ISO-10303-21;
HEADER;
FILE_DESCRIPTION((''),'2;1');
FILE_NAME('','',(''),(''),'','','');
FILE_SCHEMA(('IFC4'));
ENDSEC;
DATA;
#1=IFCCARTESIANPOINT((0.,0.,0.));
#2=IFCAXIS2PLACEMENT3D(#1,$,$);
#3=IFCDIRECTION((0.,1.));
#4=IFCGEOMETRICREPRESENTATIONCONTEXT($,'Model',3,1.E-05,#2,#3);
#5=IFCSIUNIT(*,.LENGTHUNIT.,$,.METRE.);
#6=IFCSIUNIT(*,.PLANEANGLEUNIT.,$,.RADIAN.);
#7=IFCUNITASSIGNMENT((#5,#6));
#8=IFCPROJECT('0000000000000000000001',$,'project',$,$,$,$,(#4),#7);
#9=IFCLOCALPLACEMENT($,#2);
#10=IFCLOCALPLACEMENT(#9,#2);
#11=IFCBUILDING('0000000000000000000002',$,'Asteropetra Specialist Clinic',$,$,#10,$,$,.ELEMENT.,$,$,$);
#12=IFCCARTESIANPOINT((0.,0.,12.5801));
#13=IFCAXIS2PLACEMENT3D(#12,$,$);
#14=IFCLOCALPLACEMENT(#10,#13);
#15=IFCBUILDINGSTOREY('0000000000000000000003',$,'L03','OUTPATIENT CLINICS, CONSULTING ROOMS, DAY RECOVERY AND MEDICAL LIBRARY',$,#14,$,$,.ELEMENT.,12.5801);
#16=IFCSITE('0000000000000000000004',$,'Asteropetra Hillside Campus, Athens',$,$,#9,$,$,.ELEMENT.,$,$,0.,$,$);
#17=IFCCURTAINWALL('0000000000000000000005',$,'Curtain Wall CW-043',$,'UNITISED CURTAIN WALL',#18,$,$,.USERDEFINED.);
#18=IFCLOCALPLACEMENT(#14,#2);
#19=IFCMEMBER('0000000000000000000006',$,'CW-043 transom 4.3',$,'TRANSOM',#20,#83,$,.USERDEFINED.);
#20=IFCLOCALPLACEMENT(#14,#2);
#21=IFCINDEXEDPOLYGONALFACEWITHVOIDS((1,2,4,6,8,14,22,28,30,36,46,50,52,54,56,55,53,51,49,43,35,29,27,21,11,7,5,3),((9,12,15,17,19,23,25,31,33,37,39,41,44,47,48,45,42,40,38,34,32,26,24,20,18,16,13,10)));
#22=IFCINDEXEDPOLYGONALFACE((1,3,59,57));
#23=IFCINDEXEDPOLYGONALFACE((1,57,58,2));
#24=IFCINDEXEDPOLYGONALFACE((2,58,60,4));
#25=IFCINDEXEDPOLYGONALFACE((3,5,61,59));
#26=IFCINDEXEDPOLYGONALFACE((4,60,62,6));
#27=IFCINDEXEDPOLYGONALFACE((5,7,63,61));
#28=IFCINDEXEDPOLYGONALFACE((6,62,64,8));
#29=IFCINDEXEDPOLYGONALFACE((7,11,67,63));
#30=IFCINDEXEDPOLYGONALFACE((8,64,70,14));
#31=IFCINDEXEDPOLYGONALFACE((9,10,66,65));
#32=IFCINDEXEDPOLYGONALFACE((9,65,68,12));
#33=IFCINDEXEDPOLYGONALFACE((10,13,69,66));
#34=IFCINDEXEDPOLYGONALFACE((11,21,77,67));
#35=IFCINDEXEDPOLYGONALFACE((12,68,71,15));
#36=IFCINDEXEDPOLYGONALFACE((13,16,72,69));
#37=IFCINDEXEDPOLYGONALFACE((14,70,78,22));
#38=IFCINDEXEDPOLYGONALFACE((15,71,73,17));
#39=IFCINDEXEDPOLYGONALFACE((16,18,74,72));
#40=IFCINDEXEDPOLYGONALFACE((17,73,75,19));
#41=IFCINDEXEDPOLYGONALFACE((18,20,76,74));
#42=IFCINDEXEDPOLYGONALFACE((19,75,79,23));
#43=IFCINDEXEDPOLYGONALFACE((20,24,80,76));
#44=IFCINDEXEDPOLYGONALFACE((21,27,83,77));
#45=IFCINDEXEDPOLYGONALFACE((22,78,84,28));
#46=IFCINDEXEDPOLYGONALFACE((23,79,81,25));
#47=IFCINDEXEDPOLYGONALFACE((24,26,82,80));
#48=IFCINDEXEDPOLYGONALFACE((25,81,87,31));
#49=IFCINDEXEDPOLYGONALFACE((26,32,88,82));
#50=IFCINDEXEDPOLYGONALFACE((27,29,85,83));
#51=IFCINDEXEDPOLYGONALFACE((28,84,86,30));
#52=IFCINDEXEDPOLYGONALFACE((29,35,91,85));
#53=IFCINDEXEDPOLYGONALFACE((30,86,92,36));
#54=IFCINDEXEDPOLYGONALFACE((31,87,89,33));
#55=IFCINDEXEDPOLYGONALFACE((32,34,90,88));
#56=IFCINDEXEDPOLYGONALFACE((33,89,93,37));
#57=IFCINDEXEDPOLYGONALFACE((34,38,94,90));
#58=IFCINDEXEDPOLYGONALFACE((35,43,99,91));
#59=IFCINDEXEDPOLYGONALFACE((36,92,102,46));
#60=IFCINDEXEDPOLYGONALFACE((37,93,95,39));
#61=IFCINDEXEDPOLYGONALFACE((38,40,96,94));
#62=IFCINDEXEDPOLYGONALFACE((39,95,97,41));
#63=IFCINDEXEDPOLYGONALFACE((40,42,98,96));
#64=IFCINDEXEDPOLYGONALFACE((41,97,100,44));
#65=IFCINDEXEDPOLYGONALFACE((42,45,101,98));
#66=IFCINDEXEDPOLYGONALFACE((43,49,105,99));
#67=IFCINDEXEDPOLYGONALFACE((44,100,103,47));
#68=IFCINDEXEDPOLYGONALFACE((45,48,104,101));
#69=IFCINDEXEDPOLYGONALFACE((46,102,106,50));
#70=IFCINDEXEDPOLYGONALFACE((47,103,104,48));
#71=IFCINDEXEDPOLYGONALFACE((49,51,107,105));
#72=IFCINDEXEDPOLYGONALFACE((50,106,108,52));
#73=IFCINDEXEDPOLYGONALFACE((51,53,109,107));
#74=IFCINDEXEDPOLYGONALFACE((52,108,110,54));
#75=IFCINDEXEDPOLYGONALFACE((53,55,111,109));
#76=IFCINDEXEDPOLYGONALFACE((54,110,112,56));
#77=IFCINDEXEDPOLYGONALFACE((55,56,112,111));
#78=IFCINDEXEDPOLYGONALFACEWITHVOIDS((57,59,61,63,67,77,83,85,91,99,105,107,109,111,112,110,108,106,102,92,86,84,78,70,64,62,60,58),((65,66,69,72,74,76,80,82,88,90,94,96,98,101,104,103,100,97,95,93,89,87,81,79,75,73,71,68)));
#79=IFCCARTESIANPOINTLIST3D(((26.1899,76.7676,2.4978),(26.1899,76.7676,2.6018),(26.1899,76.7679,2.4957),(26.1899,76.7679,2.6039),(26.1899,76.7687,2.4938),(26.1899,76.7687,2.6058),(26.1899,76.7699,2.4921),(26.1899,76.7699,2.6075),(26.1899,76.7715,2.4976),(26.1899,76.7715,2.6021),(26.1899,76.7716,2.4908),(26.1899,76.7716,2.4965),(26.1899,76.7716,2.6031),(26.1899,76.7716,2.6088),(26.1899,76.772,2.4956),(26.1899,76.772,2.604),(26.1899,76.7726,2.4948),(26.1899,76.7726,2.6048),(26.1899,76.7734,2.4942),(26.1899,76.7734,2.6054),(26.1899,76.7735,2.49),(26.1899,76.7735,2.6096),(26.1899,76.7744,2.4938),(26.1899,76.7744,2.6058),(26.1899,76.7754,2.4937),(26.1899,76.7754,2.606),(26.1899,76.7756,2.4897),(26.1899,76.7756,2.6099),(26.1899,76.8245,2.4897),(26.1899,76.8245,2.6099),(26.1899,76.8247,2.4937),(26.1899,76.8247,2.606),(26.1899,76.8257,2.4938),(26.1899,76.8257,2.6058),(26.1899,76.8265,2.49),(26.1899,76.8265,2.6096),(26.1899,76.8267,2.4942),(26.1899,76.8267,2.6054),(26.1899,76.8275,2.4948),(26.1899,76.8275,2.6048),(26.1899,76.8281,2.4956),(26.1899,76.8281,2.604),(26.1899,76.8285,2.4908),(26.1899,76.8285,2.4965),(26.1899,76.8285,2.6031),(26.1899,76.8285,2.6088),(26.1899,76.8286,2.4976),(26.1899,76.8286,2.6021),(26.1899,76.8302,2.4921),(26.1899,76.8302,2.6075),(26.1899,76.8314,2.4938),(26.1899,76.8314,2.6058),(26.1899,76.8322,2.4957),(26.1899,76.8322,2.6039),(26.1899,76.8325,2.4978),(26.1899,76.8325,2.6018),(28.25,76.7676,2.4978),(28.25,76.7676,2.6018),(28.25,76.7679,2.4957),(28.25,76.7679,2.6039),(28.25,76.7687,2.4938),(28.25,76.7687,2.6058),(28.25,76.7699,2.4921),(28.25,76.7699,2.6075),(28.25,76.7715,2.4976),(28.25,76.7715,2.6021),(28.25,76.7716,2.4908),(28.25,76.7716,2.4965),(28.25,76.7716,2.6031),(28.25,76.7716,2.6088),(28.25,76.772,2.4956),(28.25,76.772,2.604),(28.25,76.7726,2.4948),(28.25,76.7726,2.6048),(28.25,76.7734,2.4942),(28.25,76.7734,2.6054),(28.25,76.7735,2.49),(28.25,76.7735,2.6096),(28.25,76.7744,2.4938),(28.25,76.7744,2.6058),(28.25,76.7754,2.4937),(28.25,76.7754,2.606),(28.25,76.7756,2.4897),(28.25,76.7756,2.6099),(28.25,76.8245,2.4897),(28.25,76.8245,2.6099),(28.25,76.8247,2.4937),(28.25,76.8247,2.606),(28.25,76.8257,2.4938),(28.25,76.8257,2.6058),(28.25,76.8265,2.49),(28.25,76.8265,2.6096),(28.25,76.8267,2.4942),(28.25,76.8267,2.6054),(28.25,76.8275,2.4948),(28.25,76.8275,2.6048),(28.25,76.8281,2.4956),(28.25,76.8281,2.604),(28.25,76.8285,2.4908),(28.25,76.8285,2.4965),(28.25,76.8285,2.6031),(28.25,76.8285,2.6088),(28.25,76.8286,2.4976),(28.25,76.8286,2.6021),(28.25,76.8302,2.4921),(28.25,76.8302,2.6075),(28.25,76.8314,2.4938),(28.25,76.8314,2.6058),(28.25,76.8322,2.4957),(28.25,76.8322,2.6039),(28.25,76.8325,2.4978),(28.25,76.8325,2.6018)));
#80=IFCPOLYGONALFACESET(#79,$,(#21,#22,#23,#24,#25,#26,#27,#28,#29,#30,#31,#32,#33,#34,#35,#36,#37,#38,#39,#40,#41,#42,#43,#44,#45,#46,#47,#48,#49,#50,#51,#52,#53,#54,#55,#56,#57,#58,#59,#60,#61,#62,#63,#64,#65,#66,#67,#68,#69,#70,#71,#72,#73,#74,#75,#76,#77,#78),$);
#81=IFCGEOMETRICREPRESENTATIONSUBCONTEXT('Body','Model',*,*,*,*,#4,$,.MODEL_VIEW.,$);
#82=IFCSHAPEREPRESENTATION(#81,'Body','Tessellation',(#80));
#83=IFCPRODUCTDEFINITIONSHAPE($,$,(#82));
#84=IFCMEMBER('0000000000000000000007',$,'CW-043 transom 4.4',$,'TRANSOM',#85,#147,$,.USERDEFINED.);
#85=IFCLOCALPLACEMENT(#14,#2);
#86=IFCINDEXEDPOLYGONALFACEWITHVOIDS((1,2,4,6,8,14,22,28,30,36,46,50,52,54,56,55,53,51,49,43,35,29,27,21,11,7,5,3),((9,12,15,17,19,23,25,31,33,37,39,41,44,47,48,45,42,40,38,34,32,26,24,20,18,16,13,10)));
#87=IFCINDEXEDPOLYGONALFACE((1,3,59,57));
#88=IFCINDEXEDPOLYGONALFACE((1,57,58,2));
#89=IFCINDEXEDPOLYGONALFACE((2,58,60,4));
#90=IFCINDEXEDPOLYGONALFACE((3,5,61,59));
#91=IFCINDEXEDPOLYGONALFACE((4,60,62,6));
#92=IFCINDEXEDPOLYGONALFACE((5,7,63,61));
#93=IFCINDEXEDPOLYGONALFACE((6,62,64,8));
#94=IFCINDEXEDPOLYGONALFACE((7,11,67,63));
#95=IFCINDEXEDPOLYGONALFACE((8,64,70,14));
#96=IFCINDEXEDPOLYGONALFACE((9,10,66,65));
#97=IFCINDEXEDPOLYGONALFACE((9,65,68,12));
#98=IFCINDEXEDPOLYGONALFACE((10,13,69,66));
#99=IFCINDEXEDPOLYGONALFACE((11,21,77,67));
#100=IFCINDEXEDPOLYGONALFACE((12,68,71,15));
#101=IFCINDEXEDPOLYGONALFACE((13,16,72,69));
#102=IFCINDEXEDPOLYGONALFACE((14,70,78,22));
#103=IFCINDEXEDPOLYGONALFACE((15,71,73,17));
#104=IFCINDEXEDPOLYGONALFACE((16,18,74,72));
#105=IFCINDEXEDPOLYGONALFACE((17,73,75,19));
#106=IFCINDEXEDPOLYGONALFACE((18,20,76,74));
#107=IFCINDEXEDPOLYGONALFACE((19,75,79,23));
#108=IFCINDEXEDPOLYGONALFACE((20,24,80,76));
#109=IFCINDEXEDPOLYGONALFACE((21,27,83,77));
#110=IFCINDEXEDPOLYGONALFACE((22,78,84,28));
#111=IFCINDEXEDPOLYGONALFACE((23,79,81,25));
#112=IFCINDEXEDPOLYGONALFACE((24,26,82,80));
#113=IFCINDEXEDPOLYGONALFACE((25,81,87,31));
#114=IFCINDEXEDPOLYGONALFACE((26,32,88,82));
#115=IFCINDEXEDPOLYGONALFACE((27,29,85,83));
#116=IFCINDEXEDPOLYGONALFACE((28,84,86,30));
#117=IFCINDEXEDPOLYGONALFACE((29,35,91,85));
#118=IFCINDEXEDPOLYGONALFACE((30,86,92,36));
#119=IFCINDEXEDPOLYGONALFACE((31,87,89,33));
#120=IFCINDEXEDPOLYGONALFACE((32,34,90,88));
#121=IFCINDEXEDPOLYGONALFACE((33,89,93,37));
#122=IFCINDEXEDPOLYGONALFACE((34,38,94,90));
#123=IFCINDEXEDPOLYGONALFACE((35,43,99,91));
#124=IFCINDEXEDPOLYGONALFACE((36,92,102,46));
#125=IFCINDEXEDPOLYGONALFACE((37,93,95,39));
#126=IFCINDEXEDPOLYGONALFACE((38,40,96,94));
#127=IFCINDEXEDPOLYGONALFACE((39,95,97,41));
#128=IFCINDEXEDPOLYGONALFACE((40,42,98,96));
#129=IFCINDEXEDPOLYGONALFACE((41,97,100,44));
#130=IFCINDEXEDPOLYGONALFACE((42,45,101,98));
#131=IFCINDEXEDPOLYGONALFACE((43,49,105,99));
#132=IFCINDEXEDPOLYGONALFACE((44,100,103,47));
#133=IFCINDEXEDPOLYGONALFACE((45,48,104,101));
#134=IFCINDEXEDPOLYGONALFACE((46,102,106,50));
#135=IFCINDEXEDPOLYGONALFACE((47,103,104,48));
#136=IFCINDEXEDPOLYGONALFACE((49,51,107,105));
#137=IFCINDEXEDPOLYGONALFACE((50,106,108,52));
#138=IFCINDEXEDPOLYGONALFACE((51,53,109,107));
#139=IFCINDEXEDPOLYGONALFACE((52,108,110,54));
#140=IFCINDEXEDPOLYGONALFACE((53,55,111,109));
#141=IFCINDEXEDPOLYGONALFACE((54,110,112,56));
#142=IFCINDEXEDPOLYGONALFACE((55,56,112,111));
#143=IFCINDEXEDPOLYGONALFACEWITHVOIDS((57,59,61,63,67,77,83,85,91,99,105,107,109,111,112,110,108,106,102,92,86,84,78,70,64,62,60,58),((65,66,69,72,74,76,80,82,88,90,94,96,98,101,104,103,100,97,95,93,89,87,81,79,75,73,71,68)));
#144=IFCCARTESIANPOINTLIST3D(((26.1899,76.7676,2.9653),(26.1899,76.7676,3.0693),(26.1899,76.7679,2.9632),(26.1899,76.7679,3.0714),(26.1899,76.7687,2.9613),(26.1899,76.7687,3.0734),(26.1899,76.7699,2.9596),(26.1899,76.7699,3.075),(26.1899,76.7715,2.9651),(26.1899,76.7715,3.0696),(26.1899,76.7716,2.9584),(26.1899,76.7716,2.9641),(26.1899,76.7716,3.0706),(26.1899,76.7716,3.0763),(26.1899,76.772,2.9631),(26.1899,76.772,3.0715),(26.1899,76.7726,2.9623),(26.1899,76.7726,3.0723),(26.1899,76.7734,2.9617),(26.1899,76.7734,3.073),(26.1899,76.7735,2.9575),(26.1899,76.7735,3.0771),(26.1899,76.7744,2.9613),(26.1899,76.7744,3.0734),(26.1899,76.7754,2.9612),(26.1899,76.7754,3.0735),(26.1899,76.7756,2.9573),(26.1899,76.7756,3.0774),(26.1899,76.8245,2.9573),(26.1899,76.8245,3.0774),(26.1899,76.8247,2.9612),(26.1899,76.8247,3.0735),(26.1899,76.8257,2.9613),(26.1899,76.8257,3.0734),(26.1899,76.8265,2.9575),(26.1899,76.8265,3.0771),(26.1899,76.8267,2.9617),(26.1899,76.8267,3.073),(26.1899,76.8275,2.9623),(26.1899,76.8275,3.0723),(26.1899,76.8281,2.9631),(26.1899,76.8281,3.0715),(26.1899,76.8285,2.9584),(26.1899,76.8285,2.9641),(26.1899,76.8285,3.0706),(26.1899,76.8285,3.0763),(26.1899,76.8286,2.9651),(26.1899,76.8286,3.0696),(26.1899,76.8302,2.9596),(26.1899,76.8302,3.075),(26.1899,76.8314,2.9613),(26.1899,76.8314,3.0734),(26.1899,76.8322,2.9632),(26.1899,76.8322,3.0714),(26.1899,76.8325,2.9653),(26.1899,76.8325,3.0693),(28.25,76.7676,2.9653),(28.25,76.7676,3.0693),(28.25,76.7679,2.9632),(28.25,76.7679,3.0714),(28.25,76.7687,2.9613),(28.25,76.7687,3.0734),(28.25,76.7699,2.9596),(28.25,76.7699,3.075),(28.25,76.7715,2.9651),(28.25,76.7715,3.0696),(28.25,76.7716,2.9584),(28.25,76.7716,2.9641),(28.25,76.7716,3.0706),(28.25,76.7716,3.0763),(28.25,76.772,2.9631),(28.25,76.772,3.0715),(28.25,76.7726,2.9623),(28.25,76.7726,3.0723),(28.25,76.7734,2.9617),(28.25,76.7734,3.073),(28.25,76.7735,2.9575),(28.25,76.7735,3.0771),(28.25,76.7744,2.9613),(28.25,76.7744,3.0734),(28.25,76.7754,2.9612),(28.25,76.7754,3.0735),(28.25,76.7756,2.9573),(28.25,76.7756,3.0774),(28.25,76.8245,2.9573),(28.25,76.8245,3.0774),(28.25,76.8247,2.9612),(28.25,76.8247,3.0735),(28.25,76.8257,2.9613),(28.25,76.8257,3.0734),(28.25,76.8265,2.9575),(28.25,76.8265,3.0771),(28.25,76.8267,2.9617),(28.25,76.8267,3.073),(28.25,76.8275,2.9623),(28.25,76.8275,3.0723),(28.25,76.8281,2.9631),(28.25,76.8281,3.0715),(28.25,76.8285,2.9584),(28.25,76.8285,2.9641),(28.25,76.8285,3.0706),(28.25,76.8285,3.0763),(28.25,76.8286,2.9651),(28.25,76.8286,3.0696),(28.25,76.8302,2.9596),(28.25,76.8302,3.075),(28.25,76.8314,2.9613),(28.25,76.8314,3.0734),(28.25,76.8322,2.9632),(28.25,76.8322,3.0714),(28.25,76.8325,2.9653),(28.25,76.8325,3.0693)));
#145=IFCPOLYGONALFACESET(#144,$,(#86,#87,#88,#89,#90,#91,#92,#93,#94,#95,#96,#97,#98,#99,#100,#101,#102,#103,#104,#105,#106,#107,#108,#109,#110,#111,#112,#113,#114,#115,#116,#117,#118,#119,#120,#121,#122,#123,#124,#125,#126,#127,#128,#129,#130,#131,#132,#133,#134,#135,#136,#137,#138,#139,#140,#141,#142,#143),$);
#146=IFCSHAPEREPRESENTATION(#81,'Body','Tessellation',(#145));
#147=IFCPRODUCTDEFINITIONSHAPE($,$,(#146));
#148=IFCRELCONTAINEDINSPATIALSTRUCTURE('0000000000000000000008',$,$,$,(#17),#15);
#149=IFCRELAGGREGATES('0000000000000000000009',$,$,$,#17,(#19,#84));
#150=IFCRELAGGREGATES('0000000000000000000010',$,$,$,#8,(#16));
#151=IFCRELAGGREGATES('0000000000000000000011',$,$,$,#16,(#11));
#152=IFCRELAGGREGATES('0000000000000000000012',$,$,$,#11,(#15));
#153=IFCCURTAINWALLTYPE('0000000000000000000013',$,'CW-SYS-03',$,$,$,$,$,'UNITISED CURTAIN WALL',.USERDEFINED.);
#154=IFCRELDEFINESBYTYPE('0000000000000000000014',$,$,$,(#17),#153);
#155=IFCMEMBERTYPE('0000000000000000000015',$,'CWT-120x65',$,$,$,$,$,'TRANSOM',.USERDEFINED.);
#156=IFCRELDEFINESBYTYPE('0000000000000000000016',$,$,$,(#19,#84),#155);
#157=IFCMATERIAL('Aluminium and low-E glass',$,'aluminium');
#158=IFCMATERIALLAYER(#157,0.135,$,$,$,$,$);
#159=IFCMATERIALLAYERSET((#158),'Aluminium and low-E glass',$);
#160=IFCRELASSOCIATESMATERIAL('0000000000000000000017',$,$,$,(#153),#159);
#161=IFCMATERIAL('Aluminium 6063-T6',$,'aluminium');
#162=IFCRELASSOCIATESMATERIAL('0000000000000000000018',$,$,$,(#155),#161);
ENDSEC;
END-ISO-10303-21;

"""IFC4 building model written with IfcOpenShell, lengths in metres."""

from ifc_helpers import new_model, si_unit, direction, frame, origin, origin_2d, place, context, subcontext, project, spatial, hollow_rectangle, extrude, material, layer, layer_set, material_profile, profile_set, type_object, element, aggregate, save


model = new_model("IFC4")

# Units and contexts
model_context = context("Model", 3, precision=1e-05, world=origin(), true_north=direction((0.0, 1.0)))
body_context = subcontext(model_context, "Body", "Model", "MODEL_VIEW")
ifc_project = project(units=[si_unit("LENGTHUNIT", "METRE"), si_unit("PLANEANGLEUNIT", "RADIAN")], contexts=[model_context])

# Site, building, storey
site_placement = place(None, origin())
site = spatial("IfcSite", under=ifc_project, at=site_placement, Name="Asteropetra Hillside Campus, Athens", CompositionType="ELEMENT", RefElevation=0.0)
building_placement = place(site_placement, origin())
building = spatial("IfcBuilding", under=site, at=building_placement, Name="Asteropetra Specialist Clinic", CompositionType="ELEMENT")
storey_placement = place(building_placement, frame((0.0, 0.0, 12.5801)))
storey = spatial("IfcBuildingStorey", under=building, at=storey_placement, Name="L03", Description="OUTPATIENT CLINICS, CONSULTING ROOMS, DAY RECOVERY AND MEDICAL LIBRARY", CompositionType="ELEMENT", Elevation=12.5801)

# Curtain wall
ifc_material_1 = material(Name="Aluminium and low-E glass", Category="aluminium")
ifc_layer_1 = layer(ifc_material_1, 0.135)
ifc_layer_set_1 = layer_set([ifc_layer_1], Name="Aluminium and low-E glass")
curtain_wall_type_1 = type_object("IfcCurtainWallType", Name="CW-SYS-03", ElementType="UNITISED CURTAIN WALL", PredefinedType="USERDEFINED", material=ifc_layer_set_1)
curtain_wall_1_placement = place(storey_placement, origin())
curtain_wall_1 = element("IfcCurtainWall", 1, at=curtain_wall_1_placement, inside=storey, type_object=curtain_wall_type_1, Name="Curtain Wall CW-043", ObjectType="UNITISED CURTAIN WALL", PredefinedType="USERDEFINED")

# Members
ifc_material_2 = material(Name="Aluminium 6063-T6", Category="aluminium")
ifc_material_profile_1 = material_profile(ifc_material_2, hollow_rectangle(XDim=0.0649, YDim=0.1201, WallThickness=0.0039, InnerFilletRadius=0.0039, OuterFilletRadius=0.0081, at=origin_2d()), Name="TRN 120x65x4.0")
ifc_profile_set_1 = profile_set([ifc_material_profile_1], Name="Aluminium 6063-T6")
member_type_1 = type_object("IfcMemberType", Name="CWT-120x65", ElementType="TRANSOM", PredefinedType="USERDEFINED", material=ifc_profile_set_1)
member_1_placement = place(storey_placement, frame((26.1899, 76.8, 2.5498), z_axis=(1.0, 0.0, 0.0), x_axis=(0.0, 1.0, 0.0)))
member_1 = element("IfcMember", 2, at=member_1_placement, type_object=member_type_1, Name="CW-043 transom 4.3", ObjectType="TRANSOM", PredefinedType="USERDEFINED", context=body_context, shape_type="SweptSolid", body=[
    extrude(hollow_rectangle(XDim=0.0649, YDim=0.1201, WallThickness=0.0039, InnerFilletRadius=0.0039, OuterFilletRadius=0.0081, at=origin_2d()), origin(), (0.0, 0.0, 1.0), 2.0601),
])
member_2_placement = place(storey_placement, frame((26.1899, 76.8, 3.0173), z_axis=(1.0, 0.0, 0.0), x_axis=(0.0, 1.0, 0.0)))
member_2 = element("IfcMember", 3, at=member_2_placement, type_object=member_type_1, Name="CW-043 transom 4.4", ObjectType="TRANSOM", PredefinedType="USERDEFINED", context=body_context, shape_type="SweptSolid", body=[
    extrude(hollow_rectangle(XDim=0.0649, YDim=0.1201, WallThickness=0.0039, InnerFilletRadius=0.0039, OuterFilletRadius=0.0081, at=origin_2d()), origin(), (0.0, 0.0, 1.0), 2.0601),
])

aggregate(curtain_wall_1, [member_1, member_2])

save(model, "model.ifc")
